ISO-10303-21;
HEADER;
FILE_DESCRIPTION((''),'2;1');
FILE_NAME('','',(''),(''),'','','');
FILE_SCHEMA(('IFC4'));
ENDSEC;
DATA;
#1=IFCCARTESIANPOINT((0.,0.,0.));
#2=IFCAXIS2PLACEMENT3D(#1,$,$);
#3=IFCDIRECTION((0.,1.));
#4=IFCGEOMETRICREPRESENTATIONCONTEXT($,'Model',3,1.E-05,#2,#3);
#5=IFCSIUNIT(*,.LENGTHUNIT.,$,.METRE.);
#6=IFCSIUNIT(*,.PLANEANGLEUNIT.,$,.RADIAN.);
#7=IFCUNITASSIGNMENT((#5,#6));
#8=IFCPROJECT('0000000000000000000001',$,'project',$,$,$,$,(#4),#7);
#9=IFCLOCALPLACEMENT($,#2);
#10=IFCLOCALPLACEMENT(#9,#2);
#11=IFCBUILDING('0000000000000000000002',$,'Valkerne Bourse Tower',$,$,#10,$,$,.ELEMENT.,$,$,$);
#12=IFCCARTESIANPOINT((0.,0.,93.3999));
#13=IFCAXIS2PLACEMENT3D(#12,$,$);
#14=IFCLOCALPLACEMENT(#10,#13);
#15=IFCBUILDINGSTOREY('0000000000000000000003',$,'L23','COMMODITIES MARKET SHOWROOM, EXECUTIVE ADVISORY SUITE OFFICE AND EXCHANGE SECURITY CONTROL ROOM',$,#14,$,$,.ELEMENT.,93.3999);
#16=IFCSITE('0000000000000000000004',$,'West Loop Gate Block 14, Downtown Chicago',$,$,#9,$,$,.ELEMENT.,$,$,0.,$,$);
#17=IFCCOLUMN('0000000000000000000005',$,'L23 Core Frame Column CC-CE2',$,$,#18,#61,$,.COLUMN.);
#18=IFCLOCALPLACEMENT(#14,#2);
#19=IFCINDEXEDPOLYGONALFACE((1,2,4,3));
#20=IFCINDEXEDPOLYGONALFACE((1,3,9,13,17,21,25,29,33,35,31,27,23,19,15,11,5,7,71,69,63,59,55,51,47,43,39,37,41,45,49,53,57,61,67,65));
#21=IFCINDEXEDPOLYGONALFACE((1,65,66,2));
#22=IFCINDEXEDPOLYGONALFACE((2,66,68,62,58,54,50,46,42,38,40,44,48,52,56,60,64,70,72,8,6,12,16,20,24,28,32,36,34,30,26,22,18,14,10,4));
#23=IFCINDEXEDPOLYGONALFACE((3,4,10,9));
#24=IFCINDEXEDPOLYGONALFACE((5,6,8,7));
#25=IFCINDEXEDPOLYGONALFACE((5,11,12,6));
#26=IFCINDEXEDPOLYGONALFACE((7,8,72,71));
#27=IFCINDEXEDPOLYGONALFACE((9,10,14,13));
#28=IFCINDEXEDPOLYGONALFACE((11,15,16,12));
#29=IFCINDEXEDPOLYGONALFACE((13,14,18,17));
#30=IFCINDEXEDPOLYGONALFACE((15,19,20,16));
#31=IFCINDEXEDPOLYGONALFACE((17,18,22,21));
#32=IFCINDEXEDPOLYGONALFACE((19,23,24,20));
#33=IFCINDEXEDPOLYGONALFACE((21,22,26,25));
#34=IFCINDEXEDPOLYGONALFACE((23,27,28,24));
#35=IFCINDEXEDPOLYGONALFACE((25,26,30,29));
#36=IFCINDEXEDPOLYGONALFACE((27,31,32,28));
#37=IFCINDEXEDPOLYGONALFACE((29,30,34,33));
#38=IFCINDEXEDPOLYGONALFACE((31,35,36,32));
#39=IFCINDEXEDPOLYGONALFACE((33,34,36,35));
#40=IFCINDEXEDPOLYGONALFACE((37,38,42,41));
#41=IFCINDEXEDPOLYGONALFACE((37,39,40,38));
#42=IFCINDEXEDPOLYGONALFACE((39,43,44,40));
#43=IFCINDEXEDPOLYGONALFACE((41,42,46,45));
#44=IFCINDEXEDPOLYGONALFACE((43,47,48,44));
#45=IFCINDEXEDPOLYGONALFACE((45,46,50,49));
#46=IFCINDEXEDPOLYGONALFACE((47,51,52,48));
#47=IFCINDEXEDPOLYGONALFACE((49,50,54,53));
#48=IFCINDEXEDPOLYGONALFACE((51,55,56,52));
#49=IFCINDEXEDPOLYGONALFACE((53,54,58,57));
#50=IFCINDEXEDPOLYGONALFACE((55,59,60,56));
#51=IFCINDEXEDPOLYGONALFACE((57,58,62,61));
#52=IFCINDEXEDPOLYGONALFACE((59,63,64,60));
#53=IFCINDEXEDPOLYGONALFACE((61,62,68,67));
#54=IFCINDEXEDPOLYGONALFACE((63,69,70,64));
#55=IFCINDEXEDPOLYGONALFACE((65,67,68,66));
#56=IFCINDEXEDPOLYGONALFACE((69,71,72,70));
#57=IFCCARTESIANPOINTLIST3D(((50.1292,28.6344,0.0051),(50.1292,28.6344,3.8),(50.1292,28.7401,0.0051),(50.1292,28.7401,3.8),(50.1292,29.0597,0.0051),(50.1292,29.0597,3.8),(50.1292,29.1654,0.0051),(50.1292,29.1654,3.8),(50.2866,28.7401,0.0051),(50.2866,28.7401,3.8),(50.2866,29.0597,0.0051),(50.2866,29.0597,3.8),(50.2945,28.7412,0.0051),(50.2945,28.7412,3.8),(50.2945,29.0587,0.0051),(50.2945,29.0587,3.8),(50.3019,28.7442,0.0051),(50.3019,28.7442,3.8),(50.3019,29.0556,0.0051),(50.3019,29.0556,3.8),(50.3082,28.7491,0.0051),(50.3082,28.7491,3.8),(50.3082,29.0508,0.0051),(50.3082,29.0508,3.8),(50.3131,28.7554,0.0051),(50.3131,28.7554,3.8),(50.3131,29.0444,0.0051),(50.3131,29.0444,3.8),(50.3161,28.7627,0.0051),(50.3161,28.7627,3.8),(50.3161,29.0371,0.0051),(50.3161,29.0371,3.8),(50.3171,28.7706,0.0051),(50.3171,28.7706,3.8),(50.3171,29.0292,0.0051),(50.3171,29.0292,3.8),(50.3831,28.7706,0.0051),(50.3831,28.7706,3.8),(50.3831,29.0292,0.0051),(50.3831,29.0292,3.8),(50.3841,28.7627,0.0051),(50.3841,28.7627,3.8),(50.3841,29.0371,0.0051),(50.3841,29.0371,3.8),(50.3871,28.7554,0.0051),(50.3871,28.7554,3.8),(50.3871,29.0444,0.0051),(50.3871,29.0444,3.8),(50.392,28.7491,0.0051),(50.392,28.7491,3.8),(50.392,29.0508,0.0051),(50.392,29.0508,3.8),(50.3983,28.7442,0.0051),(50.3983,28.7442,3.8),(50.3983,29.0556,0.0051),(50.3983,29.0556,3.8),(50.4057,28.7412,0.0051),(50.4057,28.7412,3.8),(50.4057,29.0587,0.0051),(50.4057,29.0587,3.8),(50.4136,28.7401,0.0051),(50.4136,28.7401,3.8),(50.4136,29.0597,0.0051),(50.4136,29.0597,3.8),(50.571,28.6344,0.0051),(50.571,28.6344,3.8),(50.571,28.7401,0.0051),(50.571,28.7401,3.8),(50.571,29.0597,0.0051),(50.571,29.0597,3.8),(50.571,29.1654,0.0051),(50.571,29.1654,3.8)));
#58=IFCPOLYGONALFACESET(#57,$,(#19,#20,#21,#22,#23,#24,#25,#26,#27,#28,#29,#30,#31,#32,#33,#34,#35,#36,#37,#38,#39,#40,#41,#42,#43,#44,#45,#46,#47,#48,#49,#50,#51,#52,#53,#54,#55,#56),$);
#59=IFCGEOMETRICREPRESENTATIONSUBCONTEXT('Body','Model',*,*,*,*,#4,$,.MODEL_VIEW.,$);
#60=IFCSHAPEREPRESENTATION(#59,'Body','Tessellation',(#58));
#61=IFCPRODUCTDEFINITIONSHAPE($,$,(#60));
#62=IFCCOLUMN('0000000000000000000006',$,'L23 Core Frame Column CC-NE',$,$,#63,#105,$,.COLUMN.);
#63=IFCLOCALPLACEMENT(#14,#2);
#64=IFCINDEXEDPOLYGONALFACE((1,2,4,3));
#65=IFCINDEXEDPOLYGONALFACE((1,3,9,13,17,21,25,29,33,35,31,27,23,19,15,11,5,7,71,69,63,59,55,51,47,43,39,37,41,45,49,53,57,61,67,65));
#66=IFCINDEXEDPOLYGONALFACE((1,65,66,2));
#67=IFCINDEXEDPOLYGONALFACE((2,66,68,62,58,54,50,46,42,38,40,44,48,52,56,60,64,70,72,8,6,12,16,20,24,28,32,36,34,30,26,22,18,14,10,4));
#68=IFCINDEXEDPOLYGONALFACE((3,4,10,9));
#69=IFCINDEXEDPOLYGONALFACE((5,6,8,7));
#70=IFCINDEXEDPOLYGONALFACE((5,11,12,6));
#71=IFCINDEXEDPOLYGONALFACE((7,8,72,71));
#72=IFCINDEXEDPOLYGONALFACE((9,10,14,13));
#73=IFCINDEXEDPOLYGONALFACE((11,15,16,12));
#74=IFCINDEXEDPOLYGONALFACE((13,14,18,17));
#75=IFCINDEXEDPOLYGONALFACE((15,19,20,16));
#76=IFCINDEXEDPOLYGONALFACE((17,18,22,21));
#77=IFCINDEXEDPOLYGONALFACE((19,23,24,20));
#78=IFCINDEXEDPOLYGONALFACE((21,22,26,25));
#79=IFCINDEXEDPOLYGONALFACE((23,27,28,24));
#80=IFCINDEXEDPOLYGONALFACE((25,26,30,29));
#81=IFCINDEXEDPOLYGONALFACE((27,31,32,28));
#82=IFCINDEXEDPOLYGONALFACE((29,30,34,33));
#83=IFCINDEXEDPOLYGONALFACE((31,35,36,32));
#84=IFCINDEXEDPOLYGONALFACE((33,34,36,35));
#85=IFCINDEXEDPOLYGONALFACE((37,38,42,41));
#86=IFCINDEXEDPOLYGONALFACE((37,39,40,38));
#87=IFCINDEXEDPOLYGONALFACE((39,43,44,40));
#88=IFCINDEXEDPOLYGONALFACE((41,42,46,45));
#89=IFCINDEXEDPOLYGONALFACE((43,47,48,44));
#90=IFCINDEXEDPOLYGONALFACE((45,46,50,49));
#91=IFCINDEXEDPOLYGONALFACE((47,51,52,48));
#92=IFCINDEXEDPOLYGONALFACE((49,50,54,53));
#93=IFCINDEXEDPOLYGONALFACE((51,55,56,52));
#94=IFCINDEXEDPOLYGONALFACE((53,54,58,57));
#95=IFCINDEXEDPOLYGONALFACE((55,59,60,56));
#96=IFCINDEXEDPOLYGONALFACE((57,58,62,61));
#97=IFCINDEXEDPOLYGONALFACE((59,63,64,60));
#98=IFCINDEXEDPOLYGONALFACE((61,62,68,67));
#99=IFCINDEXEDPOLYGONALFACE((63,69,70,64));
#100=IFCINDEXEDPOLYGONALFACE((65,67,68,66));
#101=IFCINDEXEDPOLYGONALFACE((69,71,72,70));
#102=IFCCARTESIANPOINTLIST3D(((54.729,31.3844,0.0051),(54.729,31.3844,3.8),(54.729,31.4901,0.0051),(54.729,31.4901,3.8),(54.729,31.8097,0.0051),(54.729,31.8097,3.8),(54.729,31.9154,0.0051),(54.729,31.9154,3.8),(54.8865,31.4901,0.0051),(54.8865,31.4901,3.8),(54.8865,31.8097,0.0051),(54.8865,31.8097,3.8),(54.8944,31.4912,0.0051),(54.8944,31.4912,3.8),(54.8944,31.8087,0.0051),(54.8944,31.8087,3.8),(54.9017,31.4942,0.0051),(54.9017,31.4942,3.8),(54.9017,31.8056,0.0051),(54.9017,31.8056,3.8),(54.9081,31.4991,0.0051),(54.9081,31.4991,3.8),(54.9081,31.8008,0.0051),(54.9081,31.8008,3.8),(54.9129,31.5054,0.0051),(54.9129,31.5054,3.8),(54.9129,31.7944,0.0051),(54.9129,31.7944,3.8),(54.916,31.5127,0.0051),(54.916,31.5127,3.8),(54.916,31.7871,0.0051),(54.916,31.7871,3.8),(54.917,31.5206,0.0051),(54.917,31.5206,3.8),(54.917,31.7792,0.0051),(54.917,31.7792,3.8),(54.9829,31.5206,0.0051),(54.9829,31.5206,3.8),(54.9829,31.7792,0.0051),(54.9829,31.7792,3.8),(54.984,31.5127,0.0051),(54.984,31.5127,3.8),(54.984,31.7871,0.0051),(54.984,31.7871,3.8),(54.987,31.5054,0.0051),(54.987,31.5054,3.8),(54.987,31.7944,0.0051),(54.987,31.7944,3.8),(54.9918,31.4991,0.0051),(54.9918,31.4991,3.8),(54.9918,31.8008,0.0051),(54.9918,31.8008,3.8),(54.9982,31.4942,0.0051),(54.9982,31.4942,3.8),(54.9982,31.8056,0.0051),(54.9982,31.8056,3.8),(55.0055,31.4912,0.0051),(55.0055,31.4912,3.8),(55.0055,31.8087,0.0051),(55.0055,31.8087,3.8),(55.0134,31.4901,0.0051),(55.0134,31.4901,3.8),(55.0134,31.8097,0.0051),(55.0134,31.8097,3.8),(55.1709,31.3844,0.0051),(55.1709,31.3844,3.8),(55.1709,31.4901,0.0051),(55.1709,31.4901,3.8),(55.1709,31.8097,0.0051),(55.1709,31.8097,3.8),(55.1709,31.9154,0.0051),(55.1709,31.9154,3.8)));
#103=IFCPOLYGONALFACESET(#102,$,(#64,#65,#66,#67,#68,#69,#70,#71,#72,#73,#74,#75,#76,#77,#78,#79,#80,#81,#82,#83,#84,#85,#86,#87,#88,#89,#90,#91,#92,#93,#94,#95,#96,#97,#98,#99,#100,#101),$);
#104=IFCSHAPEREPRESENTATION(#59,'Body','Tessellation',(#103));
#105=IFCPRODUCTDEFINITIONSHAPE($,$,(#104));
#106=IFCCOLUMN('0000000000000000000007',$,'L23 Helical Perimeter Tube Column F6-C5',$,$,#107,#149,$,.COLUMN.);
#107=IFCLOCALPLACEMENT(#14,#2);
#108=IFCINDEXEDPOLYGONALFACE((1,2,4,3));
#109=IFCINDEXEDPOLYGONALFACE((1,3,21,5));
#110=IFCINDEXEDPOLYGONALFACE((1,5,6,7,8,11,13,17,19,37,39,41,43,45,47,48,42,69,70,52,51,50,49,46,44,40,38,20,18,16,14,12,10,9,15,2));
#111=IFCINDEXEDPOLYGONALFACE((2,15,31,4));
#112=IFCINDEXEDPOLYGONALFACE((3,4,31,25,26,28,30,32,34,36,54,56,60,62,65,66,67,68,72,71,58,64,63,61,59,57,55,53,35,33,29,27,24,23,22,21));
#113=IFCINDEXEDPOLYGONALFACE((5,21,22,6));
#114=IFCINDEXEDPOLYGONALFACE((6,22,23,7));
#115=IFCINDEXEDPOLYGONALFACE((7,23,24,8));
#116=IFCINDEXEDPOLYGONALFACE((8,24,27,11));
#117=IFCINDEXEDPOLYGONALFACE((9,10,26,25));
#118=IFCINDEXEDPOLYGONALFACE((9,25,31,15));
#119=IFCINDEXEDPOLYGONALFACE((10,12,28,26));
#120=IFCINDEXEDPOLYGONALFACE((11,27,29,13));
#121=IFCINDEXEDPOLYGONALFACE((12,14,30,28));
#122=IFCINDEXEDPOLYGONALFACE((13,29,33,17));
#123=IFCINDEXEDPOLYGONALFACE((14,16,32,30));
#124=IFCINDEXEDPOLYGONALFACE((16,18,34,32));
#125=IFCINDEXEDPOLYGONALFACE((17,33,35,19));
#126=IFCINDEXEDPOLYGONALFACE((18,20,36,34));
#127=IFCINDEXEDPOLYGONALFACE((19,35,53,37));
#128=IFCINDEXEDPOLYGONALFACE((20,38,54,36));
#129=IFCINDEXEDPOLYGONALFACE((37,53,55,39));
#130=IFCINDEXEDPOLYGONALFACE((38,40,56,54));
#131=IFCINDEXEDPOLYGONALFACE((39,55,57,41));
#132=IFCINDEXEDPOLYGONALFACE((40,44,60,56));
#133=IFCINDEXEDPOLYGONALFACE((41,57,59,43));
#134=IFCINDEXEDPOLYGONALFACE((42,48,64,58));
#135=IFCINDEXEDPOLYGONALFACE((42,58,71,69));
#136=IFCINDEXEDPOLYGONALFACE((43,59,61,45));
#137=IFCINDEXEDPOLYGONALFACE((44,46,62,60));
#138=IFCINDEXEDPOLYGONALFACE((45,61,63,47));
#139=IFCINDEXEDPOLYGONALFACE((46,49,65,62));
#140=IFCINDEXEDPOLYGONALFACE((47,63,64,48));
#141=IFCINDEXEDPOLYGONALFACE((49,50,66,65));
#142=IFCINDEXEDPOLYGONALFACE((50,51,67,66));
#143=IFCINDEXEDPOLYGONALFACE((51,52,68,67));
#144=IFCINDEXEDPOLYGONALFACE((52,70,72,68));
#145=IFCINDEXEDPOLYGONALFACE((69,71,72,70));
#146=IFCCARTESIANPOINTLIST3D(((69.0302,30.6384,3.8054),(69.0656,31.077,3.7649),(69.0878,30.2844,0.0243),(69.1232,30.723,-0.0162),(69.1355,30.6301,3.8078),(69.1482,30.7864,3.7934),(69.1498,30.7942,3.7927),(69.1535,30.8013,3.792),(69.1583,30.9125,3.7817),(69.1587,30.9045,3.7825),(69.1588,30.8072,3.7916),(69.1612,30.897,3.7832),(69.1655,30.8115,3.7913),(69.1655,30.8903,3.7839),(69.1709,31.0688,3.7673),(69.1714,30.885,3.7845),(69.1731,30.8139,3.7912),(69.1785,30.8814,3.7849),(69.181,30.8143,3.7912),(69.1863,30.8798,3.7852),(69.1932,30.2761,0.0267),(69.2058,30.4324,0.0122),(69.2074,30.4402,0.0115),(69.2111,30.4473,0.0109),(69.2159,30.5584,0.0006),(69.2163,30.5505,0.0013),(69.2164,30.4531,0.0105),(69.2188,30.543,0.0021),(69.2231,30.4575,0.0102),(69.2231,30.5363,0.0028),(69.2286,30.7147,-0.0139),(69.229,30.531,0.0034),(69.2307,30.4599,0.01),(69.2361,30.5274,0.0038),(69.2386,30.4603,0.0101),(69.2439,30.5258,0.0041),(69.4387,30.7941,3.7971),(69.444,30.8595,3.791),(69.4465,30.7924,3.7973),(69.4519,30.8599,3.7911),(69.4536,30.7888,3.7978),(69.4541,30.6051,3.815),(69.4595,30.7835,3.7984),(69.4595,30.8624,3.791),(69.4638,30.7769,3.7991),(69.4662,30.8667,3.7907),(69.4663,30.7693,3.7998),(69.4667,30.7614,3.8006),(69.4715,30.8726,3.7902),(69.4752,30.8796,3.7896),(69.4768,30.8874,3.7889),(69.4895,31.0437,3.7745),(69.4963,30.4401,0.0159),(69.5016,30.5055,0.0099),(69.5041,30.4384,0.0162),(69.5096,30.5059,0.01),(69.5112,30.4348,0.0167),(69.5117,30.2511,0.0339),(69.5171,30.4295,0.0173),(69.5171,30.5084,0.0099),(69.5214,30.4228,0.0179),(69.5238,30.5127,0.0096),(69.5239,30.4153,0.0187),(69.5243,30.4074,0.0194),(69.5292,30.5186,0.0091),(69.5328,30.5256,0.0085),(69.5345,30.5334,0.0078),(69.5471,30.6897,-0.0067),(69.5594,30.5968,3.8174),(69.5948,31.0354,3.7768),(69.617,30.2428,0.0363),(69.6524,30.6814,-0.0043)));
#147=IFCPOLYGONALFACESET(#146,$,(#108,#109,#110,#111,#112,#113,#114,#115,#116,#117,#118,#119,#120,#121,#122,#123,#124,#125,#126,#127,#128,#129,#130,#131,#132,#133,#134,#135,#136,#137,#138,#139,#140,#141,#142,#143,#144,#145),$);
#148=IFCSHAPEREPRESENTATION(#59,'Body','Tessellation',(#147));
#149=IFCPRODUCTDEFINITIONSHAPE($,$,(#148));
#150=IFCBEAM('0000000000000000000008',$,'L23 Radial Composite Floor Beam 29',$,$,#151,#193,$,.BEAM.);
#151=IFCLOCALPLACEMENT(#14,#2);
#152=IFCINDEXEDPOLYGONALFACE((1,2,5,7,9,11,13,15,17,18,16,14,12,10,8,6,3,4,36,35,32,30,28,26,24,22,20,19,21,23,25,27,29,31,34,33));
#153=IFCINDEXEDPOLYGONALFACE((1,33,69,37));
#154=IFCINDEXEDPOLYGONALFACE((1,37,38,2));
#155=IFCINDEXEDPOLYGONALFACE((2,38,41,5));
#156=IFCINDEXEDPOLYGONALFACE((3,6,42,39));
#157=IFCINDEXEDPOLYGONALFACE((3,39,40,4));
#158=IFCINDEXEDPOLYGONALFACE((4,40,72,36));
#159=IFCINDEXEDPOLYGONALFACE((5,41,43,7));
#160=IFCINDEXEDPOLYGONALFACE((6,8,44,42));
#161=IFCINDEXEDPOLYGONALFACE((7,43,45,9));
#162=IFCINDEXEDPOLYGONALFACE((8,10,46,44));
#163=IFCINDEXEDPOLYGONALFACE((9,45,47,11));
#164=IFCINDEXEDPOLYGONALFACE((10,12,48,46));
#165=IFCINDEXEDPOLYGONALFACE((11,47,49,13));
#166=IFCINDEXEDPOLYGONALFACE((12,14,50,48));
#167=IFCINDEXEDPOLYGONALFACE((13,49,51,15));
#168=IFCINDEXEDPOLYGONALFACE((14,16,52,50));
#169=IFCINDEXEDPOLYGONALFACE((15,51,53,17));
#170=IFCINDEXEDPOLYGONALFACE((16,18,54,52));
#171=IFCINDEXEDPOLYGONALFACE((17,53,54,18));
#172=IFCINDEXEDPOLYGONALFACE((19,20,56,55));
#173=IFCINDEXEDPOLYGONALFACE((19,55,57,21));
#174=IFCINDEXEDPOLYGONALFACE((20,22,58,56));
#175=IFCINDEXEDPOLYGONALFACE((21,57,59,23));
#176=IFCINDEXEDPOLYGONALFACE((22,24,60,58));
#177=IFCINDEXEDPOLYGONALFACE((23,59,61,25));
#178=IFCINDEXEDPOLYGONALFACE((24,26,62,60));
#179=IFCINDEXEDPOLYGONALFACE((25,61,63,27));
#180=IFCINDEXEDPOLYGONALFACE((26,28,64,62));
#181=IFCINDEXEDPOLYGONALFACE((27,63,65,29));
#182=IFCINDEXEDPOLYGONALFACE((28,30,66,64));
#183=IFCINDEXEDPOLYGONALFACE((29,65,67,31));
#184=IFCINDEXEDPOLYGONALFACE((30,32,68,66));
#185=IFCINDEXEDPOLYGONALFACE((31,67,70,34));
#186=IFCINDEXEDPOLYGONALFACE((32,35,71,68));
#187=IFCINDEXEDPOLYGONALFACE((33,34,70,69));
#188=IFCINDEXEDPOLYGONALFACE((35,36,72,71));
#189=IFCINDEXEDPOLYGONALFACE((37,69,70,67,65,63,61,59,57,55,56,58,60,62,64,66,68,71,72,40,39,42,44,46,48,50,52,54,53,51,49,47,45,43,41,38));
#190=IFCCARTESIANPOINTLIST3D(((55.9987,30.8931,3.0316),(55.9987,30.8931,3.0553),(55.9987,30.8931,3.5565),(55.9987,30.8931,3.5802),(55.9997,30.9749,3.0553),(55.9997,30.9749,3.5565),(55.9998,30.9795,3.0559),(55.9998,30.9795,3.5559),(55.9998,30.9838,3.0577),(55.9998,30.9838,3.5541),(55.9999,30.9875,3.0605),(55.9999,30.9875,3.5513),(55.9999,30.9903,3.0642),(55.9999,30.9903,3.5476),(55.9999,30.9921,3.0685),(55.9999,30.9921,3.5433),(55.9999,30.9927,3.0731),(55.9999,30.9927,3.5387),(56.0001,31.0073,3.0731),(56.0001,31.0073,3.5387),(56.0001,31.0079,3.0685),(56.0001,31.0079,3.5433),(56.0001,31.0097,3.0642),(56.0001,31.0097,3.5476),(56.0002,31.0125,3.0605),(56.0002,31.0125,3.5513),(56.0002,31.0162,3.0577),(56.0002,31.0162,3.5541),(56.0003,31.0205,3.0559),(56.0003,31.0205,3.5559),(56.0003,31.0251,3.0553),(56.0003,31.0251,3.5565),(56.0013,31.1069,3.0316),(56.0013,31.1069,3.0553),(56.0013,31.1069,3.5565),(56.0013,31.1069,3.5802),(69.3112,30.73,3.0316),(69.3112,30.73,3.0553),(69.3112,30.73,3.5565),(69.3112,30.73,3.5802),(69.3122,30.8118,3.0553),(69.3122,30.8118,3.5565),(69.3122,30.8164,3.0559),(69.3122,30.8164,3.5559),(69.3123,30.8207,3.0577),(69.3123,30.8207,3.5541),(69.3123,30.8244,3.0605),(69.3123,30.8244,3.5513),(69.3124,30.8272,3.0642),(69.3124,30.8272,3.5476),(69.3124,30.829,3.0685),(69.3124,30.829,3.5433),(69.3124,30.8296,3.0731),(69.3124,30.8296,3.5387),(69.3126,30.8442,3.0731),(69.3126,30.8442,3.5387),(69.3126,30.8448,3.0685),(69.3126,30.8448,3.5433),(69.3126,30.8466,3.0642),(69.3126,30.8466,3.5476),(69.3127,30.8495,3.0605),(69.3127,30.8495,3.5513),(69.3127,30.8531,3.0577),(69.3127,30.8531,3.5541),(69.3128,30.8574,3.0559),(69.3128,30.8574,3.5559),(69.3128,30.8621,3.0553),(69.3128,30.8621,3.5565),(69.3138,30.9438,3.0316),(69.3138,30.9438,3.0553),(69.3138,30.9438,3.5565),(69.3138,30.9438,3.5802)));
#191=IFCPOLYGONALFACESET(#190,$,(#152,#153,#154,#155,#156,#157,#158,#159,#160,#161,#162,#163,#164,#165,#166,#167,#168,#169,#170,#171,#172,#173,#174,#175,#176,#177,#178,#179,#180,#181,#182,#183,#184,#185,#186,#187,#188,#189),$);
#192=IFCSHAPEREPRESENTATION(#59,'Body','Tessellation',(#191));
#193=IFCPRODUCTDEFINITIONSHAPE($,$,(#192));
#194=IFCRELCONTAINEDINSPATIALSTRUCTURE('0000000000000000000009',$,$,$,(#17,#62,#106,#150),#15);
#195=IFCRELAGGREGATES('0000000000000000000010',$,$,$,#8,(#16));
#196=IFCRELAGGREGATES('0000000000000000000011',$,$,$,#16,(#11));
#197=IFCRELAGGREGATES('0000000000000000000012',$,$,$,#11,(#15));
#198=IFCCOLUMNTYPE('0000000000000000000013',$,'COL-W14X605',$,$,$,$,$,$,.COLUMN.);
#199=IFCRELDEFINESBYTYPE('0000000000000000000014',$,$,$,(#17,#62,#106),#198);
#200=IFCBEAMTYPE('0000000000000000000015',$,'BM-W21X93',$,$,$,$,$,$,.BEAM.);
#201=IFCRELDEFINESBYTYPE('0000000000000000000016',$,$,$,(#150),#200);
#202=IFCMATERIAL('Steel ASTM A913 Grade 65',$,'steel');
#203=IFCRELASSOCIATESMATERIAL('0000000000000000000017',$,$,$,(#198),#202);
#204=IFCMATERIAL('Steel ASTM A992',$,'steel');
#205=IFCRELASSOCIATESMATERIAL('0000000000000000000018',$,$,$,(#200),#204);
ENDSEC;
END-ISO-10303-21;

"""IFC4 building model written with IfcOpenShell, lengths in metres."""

from ifc_helpers import new_model, si_unit, direction, frame, origin, origin_2d, place, context, subcontext, project, spatial, i_section, extrude, material, material_profile, profile_set, type_object, element, save


model = new_model("IFC4")

# Units and contexts
model_context = context("Model", 3, precision=1e-05, world=origin(), true_north=direction((0.0, 1.0)))
body_context = subcontext(model_context, "Body", "Model", "MODEL_VIEW")
ifc_project = project(units=[si_unit("LENGTHUNIT", "METRE"), si_unit("PLANEANGLEUNIT", "RADIAN")], contexts=[model_context])

# Site, building, storey
site_placement = place(None, origin())
site = spatial("IfcSite", under=ifc_project, at=site_placement, Name="West Loop Gate Block 14, Downtown Chicago", CompositionType="ELEMENT", RefElevation=0.0)
building_placement = place(site_placement, origin())
building = spatial("IfcBuilding", under=site, at=building_placement, Name="Valkerne Bourse Tower", CompositionType="ELEMENT")
storey_placement = place(building_placement, frame((0.0, 0.0, 93.3999)))
storey = spatial("IfcBuildingStorey", under=building, at=storey_placement, Name="L23", Description="COMMODITIES MARKET SHOWROOM, EXECUTIVE ADVISORY SUITE OFFICE AND EXCHANGE SECURITY CONTROL ROOM", CompositionType="ELEMENT", Elevation=93.3999)

# Columns
ifc_material_1 = material(Name="Steel ASTM A913 Grade 65", Category="steel")
ifc_material_profile_1 = material_profile(ifc_material_1, i_section(OverallWidth=0.4419, OverallDepth=0.531, WebThickness=0.0659, FlangeThickness=0.1057, FilletRadius=0.0305, at=origin_2d()), Name="W14X605")
ifc_profile_set_1 = profile_set([ifc_material_profile_1], Name="Steel ASTM A913 Grade 65")
column_type = type_object("IfcColumnType", Name="COL-W14X605", PredefinedType="COLUMN", material=ifc_profile_set_1)
for number, where, z_axis, x_axis, name in (
    (1, (50.3501, 28.8999, 0.0051), (0.0, 0.0, 1.0), (1.0, 0.0, 0.0), "L23 Core Frame Column CC-CE2"),
    (2, (54.95, 31.6499, 0.0051), (0.0, 0.0, 1.0), (1.0, 0.0, 0.0), "L23 Core Frame Column CC-NE"),
):
    element("IfcColumn", number, at=place(storey_placement, frame(where, z_axis=z_axis, x_axis=x_axis)), inside=storey, type_object=column_type, Name=name, PredefinedType="COLUMN", context=body_context, shape_type="SweptSolid", body=[
        extrude(i_section(OverallWidth=0.4419, OverallDepth=0.531, WebThickness=0.0659, FlangeThickness=0.1057, FilletRadius=0.0305, at=origin_2d()), origin(), (0.0, 0.0, 1.0), 3.7949),
    ])
column_placement = place(storey_placement, frame((69.3701, 30.4829, 0.01), z_axis=(-0.01517, 0.093208, 0.995531), x_axis=(-0.080125, -0.992557, 0.091709)))
element("IfcColumn", 3, at=column_placement, inside=storey, type_object=column_type, Name="L23 Helical Perimeter Tube Column F6-C5", PredefinedType="COLUMN", context=body_context, shape_type="SweptSolid", body=[
    extrude(i_section(OverallWidth=0.4419, OverallDepth=0.531, WebThickness=0.0659, FlangeThickness=0.1057, FilletRadius=0.0305, at=origin_2d()), origin(), (0.0, 0.0, 1.0), 3.7981),
])

# Beam
ifc_material_2 = material(Name="Steel ASTM A992", Category="steel")
ifc_material_profile_2 = material_profile(ifc_material_2, i_section(OverallWidth=0.2139, OverallDepth=0.5486, WebThickness=0.0146, FlangeThickness=0.0237, FilletRadius=0.0178, at=origin_2d()), Name="W21X93")
ifc_profile_set_2 = profile_set([ifc_material_profile_2], Name="Steel ASTM A992")
beam_type_1 = type_object("IfcBeamType", Name="BM-W21X93", PredefinedType="BEAM", material=ifc_profile_set_2)
beam_1_placement = place(storey_placement, frame((69.3125, 30.8369, 3.3059), z_axis=(-0.999925, 0.01225, 0.0), x_axis=(-0.01225, -0.999925, 0.0)))
element("IfcBeam", 4, at=beam_1_placement, inside=storey, type_object=beam_type_1, Name="L23 Radial Composite Floor Beam 29", PredefinedType="BEAM", context=body_context, shape_type="SweptSolid", body=[
    extrude(i_section(OverallWidth=0.2139, OverallDepth=0.5486, WebThickness=0.0146, FlangeThickness=0.0237, FilletRadius=0.0178, at=origin_2d()), origin(), (0.0, 0.0, 1.0), 13.3135),
])

save(model, "model.ifc")
